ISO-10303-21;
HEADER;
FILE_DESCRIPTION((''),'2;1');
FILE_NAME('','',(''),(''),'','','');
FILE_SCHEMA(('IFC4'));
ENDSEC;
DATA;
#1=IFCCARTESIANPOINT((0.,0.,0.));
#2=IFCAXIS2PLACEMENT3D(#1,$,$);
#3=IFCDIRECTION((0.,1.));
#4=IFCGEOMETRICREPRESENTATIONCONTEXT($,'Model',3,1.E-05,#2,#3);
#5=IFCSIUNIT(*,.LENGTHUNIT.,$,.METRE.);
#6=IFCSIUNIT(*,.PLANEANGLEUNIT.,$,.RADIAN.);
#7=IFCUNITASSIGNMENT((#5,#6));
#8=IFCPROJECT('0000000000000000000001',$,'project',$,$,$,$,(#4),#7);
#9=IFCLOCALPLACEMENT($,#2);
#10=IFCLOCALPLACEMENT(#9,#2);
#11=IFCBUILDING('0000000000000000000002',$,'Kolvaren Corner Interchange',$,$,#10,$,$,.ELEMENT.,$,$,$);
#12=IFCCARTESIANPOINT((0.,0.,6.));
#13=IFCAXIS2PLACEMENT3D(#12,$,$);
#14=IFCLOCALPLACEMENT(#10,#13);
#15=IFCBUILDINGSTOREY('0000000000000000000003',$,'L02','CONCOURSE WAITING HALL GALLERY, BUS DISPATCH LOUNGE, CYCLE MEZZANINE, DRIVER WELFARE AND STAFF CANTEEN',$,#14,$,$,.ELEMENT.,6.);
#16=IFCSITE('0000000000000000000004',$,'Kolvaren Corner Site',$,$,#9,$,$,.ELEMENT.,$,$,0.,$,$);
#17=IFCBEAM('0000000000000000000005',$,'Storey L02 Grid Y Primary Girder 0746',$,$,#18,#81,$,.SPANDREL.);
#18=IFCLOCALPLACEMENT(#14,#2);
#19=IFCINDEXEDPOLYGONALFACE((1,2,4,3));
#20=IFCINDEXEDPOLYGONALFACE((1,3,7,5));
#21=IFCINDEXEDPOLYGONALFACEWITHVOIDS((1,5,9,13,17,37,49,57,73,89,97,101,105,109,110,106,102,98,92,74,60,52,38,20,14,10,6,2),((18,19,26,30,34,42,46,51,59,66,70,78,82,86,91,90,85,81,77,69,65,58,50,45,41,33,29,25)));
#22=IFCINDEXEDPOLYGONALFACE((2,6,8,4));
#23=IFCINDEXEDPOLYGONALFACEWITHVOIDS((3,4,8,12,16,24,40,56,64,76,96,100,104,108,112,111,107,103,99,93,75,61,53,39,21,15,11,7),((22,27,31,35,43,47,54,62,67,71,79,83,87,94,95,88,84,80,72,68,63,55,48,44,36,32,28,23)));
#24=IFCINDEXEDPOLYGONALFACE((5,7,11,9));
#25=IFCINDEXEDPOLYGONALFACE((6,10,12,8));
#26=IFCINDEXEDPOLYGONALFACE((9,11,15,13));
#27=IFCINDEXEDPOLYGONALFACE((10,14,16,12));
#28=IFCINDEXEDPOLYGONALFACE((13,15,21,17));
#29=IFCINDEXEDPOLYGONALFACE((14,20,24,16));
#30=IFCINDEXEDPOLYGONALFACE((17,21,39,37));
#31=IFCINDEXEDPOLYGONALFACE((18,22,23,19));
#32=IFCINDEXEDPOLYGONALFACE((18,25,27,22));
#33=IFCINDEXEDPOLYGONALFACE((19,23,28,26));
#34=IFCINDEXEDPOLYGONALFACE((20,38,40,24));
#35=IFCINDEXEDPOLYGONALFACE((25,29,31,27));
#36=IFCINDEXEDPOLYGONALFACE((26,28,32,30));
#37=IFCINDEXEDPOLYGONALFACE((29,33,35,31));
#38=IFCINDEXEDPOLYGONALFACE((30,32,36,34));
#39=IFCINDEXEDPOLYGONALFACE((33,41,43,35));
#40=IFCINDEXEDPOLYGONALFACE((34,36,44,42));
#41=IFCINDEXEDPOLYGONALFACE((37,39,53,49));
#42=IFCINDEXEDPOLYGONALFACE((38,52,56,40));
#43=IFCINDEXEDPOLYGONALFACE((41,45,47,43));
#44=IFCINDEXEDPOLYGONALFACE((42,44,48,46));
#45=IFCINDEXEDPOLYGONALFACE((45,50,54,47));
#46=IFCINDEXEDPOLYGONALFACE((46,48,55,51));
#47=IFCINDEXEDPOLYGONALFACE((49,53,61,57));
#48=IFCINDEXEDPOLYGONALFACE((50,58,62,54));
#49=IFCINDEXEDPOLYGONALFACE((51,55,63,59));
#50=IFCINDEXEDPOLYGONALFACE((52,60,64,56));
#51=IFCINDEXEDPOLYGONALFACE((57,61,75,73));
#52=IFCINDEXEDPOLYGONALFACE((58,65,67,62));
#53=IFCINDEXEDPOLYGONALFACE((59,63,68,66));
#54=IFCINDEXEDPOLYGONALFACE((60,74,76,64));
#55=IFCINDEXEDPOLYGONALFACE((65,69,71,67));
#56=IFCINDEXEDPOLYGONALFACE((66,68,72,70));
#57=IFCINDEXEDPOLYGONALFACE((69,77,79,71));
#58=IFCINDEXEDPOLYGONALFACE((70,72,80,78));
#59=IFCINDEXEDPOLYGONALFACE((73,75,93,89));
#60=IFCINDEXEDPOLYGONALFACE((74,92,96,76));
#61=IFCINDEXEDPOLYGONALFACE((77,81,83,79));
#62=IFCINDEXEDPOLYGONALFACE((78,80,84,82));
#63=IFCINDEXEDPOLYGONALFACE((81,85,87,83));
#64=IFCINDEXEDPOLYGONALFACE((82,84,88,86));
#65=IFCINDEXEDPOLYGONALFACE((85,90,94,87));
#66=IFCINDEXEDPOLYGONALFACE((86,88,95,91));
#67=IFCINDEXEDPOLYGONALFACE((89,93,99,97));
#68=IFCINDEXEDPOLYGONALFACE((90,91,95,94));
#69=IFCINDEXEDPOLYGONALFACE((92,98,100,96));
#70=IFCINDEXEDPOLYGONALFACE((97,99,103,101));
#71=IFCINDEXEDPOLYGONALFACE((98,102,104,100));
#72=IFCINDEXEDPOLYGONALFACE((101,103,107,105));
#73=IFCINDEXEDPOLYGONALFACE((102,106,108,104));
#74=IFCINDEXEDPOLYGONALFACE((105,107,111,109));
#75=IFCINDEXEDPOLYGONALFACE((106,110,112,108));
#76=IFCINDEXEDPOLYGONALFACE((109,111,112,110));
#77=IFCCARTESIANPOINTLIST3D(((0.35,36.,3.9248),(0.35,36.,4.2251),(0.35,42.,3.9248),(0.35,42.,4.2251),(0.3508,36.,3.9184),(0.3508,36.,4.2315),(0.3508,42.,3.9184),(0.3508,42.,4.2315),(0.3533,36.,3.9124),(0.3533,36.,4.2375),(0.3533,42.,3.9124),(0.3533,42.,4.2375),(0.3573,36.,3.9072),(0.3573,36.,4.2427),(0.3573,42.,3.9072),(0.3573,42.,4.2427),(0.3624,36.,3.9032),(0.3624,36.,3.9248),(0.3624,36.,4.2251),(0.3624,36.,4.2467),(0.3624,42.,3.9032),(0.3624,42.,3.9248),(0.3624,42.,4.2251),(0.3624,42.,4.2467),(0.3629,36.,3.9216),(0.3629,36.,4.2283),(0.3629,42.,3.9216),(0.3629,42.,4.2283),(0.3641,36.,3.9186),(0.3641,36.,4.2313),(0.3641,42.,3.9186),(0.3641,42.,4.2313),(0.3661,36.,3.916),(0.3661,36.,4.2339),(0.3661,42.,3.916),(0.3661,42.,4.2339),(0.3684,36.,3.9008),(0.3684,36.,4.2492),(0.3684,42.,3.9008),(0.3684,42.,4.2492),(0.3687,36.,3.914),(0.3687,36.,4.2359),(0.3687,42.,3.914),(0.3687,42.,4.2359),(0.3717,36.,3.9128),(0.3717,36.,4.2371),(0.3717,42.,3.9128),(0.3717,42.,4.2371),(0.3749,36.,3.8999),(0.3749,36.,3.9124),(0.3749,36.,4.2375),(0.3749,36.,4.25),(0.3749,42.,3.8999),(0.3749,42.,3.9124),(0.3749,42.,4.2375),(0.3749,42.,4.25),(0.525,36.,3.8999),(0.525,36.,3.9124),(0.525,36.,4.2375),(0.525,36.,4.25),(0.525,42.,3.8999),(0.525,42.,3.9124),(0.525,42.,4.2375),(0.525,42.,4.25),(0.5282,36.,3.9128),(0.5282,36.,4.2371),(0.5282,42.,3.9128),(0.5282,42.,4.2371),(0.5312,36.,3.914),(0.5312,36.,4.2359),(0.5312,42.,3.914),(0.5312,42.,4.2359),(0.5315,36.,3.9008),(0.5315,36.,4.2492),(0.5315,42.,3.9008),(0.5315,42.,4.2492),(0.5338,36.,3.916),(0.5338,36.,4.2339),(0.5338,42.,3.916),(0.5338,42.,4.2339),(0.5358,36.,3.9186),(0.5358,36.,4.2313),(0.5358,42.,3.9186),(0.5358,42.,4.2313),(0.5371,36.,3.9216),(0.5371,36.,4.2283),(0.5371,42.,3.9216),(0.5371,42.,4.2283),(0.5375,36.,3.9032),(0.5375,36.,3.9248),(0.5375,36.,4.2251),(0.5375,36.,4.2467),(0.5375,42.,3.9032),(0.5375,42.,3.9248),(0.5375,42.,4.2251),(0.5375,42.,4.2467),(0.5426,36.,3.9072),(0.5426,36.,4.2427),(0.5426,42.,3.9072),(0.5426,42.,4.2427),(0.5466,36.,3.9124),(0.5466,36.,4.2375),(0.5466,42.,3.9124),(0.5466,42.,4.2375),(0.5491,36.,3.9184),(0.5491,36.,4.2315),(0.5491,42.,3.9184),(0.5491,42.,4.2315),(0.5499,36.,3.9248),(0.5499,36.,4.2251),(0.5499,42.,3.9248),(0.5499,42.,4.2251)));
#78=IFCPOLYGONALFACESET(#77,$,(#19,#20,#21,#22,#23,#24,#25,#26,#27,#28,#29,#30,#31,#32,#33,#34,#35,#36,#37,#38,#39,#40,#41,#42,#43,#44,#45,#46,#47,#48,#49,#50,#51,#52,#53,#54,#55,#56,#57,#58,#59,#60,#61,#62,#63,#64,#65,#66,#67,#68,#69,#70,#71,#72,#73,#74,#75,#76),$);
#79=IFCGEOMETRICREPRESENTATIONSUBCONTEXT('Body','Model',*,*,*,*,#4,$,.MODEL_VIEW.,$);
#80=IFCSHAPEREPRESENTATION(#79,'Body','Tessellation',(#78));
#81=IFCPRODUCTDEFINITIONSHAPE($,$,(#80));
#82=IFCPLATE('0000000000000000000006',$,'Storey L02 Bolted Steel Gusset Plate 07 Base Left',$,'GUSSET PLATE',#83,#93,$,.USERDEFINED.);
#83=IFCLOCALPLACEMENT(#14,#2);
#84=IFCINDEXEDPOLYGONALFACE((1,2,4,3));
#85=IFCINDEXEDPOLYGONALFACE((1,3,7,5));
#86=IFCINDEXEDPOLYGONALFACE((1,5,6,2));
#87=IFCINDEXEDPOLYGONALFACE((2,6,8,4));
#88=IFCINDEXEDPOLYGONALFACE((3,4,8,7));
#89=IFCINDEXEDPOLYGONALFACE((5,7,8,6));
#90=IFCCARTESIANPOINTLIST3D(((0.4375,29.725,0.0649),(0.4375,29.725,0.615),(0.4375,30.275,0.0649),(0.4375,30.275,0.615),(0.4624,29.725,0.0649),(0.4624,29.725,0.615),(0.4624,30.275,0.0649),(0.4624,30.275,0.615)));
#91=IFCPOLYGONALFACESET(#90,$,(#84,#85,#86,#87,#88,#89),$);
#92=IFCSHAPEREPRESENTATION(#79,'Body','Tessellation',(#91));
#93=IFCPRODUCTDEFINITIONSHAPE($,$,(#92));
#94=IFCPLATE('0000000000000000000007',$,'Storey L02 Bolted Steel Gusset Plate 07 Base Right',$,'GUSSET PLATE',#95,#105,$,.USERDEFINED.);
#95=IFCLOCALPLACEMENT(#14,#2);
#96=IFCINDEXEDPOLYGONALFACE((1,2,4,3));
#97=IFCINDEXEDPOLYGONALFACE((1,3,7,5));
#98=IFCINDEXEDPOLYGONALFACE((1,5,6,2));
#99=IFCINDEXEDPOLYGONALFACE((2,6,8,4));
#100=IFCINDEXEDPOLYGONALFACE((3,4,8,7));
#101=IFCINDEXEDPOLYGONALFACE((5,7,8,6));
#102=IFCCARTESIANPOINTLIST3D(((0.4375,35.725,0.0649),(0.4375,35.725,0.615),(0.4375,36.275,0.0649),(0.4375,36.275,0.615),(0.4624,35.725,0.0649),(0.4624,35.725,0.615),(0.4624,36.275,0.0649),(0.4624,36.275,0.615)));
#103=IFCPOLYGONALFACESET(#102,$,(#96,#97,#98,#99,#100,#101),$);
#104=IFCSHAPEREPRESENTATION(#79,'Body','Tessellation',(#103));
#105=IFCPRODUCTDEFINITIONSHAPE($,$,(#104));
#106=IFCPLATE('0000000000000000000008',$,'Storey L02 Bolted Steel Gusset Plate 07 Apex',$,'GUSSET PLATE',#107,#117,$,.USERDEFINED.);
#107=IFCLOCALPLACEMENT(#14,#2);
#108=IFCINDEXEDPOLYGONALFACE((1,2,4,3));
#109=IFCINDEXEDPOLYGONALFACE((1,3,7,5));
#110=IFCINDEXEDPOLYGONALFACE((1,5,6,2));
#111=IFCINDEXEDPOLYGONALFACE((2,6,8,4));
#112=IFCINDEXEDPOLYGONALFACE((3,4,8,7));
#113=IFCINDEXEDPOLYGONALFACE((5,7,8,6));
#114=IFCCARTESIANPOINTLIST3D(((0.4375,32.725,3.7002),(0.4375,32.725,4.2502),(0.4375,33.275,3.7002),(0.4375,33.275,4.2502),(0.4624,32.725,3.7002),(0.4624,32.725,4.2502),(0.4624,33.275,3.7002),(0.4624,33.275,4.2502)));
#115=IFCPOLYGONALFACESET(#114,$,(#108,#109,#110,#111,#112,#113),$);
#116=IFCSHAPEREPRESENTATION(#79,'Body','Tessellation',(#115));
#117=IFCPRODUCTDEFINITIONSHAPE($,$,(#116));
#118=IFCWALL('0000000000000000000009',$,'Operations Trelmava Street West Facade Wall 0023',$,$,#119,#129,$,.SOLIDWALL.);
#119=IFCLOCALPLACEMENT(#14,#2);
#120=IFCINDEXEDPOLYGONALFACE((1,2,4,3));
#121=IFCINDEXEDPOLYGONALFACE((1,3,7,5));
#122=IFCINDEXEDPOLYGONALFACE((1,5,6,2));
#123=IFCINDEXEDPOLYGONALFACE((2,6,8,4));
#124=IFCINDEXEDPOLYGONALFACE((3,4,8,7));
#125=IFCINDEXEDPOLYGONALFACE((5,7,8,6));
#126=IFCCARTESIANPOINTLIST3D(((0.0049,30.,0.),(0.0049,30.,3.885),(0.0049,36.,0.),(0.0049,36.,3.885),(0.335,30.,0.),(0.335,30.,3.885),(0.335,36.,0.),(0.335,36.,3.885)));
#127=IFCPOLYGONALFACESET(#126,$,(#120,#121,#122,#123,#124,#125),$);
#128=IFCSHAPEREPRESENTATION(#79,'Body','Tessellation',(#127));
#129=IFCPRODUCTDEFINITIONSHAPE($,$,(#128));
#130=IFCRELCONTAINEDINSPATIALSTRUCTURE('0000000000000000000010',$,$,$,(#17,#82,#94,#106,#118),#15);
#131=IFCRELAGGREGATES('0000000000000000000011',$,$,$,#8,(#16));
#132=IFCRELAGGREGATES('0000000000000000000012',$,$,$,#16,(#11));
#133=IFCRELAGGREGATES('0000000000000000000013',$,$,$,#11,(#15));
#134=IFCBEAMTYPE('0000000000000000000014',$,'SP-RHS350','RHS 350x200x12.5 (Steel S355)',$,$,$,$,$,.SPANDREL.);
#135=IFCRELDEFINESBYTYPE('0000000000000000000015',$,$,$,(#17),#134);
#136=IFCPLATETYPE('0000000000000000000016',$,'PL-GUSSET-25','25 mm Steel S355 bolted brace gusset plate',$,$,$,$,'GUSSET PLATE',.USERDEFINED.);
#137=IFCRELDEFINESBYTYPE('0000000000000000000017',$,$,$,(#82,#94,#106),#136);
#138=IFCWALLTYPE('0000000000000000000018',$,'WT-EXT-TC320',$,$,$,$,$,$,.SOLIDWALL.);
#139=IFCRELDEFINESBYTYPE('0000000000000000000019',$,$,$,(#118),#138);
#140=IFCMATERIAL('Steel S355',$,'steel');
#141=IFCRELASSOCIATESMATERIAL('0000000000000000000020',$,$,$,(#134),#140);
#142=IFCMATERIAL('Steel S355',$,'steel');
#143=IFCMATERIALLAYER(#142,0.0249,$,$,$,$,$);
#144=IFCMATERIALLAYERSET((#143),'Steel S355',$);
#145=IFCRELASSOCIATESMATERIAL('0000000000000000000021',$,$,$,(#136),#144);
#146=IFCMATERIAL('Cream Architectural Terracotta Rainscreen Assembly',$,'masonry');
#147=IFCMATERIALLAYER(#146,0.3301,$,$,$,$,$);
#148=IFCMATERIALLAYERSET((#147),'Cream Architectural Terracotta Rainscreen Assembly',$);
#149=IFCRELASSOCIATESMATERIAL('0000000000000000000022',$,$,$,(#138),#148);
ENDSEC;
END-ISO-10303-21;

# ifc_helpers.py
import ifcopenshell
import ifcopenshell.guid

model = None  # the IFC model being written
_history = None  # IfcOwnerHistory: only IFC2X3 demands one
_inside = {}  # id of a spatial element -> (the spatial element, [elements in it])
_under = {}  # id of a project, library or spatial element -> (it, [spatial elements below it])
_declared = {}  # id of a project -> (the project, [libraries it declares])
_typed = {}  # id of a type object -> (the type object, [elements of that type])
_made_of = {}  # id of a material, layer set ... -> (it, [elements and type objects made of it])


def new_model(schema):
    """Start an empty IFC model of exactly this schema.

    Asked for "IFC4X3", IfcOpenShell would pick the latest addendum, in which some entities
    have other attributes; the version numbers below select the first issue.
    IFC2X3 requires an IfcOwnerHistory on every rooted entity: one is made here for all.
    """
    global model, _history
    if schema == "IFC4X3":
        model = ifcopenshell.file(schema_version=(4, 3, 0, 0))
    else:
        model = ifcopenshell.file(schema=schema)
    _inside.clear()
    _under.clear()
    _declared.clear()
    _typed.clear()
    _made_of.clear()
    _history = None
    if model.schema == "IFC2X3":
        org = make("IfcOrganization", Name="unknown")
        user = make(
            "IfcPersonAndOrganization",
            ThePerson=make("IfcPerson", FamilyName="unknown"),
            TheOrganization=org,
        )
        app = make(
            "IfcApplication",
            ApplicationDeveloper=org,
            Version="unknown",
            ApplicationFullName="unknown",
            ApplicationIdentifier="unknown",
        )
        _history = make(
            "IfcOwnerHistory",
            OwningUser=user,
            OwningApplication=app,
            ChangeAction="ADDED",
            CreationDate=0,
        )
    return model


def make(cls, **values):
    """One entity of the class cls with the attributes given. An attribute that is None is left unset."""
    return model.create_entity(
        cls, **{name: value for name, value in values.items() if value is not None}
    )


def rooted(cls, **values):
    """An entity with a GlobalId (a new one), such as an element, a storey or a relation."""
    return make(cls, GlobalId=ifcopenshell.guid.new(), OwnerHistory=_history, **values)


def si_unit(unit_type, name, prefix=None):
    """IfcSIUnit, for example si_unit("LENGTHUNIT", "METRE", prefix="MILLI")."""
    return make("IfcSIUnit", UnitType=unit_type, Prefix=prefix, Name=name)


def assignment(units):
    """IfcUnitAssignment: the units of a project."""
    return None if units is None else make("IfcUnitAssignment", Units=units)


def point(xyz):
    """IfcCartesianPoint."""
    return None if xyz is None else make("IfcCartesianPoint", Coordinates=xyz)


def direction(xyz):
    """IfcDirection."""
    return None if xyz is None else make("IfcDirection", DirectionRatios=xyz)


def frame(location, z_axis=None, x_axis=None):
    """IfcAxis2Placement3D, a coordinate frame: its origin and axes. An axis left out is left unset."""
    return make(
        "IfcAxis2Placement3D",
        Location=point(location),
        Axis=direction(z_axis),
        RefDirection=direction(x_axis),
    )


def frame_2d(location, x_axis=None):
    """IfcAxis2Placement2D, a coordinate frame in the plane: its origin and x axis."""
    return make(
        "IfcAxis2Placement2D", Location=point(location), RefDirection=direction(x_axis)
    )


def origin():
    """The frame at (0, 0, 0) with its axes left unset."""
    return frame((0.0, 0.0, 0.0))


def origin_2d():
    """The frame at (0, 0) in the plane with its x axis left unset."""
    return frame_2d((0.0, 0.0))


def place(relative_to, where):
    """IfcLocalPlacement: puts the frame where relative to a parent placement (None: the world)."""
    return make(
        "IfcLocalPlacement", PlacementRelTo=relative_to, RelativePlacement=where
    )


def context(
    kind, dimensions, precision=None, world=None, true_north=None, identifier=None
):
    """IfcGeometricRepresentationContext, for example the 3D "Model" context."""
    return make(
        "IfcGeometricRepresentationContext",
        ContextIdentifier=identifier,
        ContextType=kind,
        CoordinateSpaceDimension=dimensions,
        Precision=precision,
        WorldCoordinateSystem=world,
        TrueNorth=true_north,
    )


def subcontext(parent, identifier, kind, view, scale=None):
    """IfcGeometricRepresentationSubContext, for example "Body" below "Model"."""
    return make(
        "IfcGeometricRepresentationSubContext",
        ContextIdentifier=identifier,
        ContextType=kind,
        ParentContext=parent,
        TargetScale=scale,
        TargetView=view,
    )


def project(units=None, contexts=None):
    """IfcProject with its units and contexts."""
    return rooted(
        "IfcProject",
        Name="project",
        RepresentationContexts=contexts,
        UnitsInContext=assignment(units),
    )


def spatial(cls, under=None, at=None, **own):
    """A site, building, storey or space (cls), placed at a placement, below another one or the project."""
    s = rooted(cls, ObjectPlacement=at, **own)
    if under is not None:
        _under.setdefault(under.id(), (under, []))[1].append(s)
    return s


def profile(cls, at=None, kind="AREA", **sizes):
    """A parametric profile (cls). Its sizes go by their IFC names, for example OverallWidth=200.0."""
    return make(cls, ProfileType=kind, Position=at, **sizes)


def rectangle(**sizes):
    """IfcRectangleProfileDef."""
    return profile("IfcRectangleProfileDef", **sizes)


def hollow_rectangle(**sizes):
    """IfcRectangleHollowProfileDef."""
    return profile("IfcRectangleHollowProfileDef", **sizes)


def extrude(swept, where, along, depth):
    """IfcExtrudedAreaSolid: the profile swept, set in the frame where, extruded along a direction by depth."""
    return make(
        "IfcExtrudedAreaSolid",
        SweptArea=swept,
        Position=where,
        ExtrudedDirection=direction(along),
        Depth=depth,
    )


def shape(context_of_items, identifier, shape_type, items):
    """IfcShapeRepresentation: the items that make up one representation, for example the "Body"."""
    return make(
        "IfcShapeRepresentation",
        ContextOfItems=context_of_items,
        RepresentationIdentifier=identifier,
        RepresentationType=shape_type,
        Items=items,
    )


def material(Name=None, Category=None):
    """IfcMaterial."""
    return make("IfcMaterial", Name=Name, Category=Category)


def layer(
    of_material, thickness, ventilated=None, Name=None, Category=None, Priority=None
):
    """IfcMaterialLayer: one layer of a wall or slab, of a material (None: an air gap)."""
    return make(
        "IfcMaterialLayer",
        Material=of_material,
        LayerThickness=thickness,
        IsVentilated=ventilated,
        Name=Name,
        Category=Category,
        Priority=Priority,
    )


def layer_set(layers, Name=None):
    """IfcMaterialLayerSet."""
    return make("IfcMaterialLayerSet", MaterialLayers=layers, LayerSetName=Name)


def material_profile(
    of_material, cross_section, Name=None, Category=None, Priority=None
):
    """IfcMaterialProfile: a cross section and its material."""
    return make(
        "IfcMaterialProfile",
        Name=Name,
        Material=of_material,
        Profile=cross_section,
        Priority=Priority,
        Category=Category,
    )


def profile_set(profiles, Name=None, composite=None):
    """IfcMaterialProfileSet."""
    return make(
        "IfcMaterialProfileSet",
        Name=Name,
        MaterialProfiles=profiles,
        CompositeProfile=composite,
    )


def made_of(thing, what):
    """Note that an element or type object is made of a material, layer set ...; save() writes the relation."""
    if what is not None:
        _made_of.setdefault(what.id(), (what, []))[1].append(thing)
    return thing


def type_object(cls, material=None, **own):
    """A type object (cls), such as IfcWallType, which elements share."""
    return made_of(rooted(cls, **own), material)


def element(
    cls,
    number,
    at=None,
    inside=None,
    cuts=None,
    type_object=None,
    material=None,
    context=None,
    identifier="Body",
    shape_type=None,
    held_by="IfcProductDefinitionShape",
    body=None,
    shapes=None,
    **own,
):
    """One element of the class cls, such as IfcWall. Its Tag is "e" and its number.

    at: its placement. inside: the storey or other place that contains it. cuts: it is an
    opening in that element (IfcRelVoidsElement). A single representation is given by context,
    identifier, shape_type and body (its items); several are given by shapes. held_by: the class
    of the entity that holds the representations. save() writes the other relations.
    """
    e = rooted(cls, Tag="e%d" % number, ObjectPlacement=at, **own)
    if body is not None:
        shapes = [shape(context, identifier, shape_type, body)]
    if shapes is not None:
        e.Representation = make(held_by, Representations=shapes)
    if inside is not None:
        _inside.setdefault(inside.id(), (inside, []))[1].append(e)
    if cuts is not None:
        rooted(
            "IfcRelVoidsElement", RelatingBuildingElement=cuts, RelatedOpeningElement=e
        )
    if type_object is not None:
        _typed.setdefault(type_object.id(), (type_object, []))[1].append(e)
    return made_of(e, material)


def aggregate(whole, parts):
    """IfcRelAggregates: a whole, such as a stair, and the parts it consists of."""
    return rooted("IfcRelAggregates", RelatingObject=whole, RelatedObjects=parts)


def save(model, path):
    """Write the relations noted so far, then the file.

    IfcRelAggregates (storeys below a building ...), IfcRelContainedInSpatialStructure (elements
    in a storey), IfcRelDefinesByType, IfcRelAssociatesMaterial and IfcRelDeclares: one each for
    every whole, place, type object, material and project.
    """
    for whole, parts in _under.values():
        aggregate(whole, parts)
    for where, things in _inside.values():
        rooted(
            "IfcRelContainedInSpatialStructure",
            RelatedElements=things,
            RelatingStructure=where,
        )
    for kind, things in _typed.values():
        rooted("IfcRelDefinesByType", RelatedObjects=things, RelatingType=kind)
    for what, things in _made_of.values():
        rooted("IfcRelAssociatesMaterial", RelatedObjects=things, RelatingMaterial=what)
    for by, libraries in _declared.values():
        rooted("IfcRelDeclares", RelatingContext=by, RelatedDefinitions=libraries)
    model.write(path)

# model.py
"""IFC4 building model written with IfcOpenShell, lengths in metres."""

from ifc_helpers import new_model, si_unit, direction, frame, frame_2d, origin, origin_2d, place, context, subcontext, project, spatial, rectangle, hollow_rectangle, extrude, material, layer, layer_set, material_profile, profile_set, type_object, element, save


model = new_model("IFC4")

# Units and contexts
model_context = context("Model", 3, precision=1e-05, world=origin(), true_north=direction((0.0, 1.0)))
body_context = subcontext(model_context, "Body", "Model", "MODEL_VIEW")
ifc_project = project(units=[si_unit("LENGTHUNIT", "METRE"), si_unit("PLANEANGLEUNIT", "RADIAN")], contexts=[model_context])

# Site, building, storey
site_placement = place(None, origin())
site = spatial("IfcSite", under=ifc_project, at=site_placement, Name="Kolvaren Corner Site", CompositionType="ELEMENT", RefElevation=0.0)
building_placement = place(site_placement, origin())
building = spatial("IfcBuilding", under=site, at=building_placement, Name="Kolvaren Corner Interchange", CompositionType="ELEMENT")
storey_placement = place(building_placement, frame((0.0, 0.0, 6.0)))
storey = spatial("IfcBuildingStorey", under=building, at=storey_placement, Name="L02", Description="CONCOURSE WAITING HALL GALLERY, BUS DISPATCH LOUNGE, CYCLE MEZZANINE, DRIVER WELFARE AND STAFF CANTEEN", CompositionType="ELEMENT", Elevation=6.0)

# Beam
ifc_material_1 = material(Name="Steel S355", Category="steel")
ifc_material_profile_1 = material_profile(ifc_material_1, hollow_rectangle(XDim=0.2, YDim=0.3501, WallThickness=0.0125, InnerFilletRadius=0.0125, OuterFilletRadius=0.0249, at=origin_2d()), Name="RHS 350x200x12.5")
ifc_profile_set_1 = profile_set([ifc_material_profile_1], Name="Steel S355")
beam_type_1 = type_object("IfcBeamType", Name="SP-RHS350", Description="RHS 350x200x12.5 (Steel S355)", PredefinedType="SPANDREL", material=ifc_profile_set_1)
beam_1_placement = place(storey_placement, frame((0.45, 36.0, 4.075), z_axis=(0.0, 1.0, 0.0), x_axis=(-1.0, 0.0, 0.0)))
element("IfcBeam", 1, at=beam_1_placement, inside=storey, type_object=beam_type_1, Name="Storey L02 Grid Y Primary Girder 0746", PredefinedType="SPANDREL", context=body_context, shape_type="SweptSolid", body=[
    extrude(hollow_rectangle(XDim=0.2, YDim=0.3501, WallThickness=0.0125, InnerFilletRadius=0.0125, OuterFilletRadius=0.0249, at=origin_2d()), origin(), (0.0, 0.0, 1.0), 6.0),
])

# Plates
ifc_material_2 = material(Name="Steel S355", Category="steel")
ifc_layer_1 = layer(ifc_material_2, 0.0249)
ifc_layer_set_1 = layer_set([ifc_layer_1], Name="Steel S355")
plate_type = type_object("IfcPlateType", Name="PL-GUSSET-25", Description="25 mm Steel S355 bolted brace gusset plate", ElementType="GUSSET PLATE", PredefinedType="USERDEFINED", material=ifc_layer_set_1)
for number, where, z_axis, x_axis, name in (
    (2, (0.45, 30.0, 0.0649), (0.0, 0.0, 1.0), (0.0, 1.0, 0.0), "Storey L02 Bolted Steel Gusset Plate 07 Base Left"),
    (3, (0.45, 36.0, 0.0649), (0.0, 0.0, 1.0), (0.0, 1.0, 0.0), "Storey L02 Bolted Steel Gusset Plate 07 Base Right"),
    (4, (0.45, 33.0, 3.7002), (0.0, 0.0, 1.0), (0.0, 1.0, 0.0), "Storey L02 Bolted Steel Gusset Plate 07 Apex"),
):
    element("IfcPlate", number, at=place(storey_placement, frame(where, z_axis=z_axis, x_axis=x_axis)), inside=storey, type_object=plate_type, Name=name, ObjectType="GUSSET PLATE", PredefinedType="USERDEFINED", context=body_context, shape_type="SweptSolid", body=[
        extrude(rectangle(XDim=0.55, YDim=0.0249, at=origin_2d()), origin(), (0.0, 0.0, 1.0), 0.55),
    ])

# Wall
ifc_material_3 = material(Name="Cream Architectural Terracotta Rainscreen Assembly", Category="masonry")
ifc_layer_2 = layer(ifc_material_3, 0.3301)
ifc_layer_set_2 = layer_set([ifc_layer_2], Name="Cream Architectural Terracotta Rainscreen Assembly")
wall_type = type_object("IfcWallType", Name="WT-EXT-TC320", PredefinedType="SOLIDWALL", material=ifc_layer_set_2)
wall_placement = place(storey_placement, frame((0.1699, 36.0, 0.0), z_axis=(0.0, 0.0, 1.0), x_axis=(0.0, -1.0, 0.0)))
element("IfcWall", 5, at=wall_placement, inside=storey, type_object=wall_type, Name="Operations Trelmava Street West Facade Wall 0023", PredefinedType="SOLIDWALL", context=body_context, shape_type="SweptSolid", body=[
    extrude(rectangle(XDim=6.0, YDim=0.3301, at=frame_2d((3.0, 0.0))), origin(), (0.0, 0.0, 1.0), 3.885),
])

save(model, "model.ifc")
